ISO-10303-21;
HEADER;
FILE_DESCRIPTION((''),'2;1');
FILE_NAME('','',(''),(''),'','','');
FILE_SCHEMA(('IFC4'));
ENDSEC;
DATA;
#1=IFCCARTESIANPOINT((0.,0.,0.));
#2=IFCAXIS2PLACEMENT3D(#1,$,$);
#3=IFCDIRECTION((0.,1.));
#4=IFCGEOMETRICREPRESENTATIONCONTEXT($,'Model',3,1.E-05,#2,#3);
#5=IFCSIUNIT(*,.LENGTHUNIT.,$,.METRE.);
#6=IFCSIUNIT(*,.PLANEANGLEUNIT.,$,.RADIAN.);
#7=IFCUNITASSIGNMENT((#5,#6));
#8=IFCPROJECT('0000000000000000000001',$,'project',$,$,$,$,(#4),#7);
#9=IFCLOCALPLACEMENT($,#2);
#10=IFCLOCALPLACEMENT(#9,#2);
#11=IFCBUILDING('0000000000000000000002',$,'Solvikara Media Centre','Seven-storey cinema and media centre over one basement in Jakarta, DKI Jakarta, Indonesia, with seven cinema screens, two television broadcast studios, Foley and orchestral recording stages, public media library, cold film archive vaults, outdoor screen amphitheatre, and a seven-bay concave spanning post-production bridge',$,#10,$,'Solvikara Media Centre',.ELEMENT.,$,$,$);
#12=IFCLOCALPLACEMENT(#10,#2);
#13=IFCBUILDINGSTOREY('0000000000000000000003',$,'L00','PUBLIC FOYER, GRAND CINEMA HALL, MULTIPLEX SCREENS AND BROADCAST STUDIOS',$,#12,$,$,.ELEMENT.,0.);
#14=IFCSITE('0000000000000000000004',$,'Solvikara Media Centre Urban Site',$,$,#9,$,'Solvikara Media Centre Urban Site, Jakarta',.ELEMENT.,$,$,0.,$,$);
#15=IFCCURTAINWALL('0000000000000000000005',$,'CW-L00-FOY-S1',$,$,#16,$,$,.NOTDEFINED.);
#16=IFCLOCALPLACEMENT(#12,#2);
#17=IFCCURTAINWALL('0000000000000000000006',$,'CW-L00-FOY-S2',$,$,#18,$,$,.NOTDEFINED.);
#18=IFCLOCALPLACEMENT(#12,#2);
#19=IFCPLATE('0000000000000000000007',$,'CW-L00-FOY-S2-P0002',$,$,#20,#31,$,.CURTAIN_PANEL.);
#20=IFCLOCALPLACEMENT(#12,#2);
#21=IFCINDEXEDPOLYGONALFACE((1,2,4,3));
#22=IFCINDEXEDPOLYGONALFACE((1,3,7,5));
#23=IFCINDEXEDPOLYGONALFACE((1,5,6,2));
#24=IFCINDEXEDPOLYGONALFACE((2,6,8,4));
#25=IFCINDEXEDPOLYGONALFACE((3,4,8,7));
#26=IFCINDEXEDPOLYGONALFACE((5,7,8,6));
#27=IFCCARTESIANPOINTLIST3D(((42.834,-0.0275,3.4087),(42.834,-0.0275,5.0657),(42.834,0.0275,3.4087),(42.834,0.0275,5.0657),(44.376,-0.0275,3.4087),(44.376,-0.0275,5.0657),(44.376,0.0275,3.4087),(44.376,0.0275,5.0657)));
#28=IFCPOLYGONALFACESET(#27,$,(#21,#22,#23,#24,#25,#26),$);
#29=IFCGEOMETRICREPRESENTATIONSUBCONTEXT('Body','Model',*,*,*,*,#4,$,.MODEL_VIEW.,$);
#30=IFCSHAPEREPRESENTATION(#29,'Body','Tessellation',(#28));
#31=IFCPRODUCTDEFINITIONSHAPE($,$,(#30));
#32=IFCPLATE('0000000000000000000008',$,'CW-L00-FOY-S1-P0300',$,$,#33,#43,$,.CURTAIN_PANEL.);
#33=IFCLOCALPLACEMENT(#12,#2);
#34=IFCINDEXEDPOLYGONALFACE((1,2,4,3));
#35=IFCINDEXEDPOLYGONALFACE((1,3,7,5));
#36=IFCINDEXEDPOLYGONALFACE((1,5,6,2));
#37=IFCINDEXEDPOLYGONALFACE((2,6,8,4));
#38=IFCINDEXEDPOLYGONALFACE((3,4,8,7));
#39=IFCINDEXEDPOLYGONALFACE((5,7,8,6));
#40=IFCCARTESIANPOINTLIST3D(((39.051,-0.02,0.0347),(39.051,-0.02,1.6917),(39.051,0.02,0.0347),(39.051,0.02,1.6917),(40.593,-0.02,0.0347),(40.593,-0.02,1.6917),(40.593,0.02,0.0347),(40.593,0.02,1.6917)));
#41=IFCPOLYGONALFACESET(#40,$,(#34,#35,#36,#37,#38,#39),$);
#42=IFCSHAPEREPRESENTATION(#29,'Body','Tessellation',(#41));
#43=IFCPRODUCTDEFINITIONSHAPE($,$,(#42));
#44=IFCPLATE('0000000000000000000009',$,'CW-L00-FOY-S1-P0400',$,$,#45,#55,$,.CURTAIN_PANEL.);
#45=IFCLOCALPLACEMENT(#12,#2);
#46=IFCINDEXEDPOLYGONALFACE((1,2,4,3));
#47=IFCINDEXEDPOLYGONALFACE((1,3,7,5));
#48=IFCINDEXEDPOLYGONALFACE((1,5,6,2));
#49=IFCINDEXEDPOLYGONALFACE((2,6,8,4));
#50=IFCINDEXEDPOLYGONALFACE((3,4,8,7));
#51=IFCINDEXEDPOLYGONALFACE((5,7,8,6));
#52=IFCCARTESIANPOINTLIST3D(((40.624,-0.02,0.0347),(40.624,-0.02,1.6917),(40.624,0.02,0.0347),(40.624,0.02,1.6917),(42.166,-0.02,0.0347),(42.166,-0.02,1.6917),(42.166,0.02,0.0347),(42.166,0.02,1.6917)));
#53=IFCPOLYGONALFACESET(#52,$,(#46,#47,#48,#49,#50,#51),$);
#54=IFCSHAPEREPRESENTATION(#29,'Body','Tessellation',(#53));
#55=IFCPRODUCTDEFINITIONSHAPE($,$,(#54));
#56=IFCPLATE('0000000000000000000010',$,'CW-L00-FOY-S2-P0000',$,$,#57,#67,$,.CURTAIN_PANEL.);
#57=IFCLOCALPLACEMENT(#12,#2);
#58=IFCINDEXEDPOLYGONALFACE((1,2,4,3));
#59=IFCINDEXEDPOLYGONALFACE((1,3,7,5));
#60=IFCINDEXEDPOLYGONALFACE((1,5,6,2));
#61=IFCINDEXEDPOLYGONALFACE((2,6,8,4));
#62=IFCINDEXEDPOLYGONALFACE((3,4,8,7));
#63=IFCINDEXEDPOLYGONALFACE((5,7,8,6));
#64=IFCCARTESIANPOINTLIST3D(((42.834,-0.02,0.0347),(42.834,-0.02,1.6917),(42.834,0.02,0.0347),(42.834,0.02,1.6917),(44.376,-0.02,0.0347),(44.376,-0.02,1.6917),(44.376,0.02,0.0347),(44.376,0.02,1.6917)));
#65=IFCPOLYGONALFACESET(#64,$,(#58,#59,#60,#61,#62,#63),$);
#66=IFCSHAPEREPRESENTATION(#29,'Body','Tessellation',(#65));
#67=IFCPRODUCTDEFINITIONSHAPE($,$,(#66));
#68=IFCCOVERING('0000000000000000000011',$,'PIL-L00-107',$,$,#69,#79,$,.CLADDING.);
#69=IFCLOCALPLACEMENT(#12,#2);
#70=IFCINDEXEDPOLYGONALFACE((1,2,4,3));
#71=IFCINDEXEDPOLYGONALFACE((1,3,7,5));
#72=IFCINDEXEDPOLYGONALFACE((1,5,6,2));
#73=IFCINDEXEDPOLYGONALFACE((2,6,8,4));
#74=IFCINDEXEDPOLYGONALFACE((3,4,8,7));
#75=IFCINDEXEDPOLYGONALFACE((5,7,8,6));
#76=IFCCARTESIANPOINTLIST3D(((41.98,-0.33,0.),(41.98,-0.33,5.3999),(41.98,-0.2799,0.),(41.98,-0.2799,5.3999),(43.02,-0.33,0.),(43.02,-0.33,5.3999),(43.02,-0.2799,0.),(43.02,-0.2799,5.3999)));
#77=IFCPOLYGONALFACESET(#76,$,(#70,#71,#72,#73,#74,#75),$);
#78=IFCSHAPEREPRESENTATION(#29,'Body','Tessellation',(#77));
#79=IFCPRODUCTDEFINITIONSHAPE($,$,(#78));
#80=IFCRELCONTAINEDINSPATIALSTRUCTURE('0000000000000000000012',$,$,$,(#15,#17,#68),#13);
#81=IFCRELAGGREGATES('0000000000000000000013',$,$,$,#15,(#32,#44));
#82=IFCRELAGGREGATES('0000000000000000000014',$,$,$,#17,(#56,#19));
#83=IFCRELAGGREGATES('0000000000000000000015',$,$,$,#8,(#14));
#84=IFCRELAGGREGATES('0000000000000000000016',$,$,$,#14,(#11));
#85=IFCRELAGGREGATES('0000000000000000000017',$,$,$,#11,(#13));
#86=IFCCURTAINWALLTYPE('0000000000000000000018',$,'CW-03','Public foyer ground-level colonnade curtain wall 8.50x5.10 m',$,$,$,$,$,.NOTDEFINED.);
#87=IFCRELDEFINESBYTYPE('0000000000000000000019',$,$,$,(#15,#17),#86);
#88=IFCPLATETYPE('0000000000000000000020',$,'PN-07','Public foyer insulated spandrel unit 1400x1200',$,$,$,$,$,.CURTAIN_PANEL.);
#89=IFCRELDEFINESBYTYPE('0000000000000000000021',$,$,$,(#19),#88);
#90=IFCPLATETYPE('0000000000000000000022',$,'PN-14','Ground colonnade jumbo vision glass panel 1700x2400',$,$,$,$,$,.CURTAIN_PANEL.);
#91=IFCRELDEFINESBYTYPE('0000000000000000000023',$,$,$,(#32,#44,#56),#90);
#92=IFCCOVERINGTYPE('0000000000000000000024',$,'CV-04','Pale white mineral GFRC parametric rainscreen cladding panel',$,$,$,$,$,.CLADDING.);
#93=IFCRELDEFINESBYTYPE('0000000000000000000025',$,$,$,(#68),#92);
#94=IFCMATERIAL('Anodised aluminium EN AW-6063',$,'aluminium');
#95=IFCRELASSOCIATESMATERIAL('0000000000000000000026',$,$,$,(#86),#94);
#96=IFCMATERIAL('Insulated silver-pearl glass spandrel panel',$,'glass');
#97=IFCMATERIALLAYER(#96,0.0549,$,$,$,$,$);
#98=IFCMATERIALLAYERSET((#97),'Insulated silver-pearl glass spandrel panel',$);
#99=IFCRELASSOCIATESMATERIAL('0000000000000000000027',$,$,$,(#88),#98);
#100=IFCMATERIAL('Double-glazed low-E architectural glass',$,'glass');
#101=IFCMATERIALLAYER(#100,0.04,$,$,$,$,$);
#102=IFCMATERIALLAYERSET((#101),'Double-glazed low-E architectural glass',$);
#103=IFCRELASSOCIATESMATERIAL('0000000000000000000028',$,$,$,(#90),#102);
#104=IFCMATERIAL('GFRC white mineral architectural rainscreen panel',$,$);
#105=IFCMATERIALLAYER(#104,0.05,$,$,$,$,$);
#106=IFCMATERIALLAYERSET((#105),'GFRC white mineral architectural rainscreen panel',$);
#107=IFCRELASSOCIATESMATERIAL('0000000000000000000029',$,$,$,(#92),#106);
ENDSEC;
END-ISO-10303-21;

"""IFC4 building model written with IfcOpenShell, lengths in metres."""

from ifc_helpers import new_model, si_unit, direction, frame, origin, origin_2d, place, context, subcontext, project, spatial, rectangle, extrude, material, layer, layer_set, type_object, element, aggregate, save


model = new_model("IFC4")

# Units and contexts
model_context = context("Model", 3, precision=1e-05, world=origin(), true_north=direction((0.0, 1.0)))
body_context = subcontext(model_context, "Body", "Model", "MODEL_VIEW")
ifc_project = project(units=[si_unit("LENGTHUNIT", "METRE"), si_unit("PLANEANGLEUNIT", "RADIAN")], contexts=[model_context])

# Site, building, storey
site_placement = place(None, origin())
site = spatial("IfcSite", under=ifc_project, at=site_placement, Name="Solvikara Media Centre Urban Site", LongName="Solvikara Media Centre Urban Site, Jakarta", CompositionType="ELEMENT", RefElevation=0.0)
building_placement = place(site_placement, origin())
building = spatial("IfcBuilding", under=site, at=building_placement, Name="Solvikara Media Centre", Description="Seven-storey cinema and media centre over one basement in Jakarta, DKI Jakarta, Indonesia, with seven cinema screens, two television broadcast studios, Foley and orchestral recording stages, public media library, cold film archive vaults, outdoor screen amphitheatre, and a seven-bay concave spanning post-production bridge", LongName="Solvikara Media Centre", CompositionType="ELEMENT")
storey_placement = place(building_placement, origin())
storey = spatial("IfcBuildingStorey", under=building, at=storey_placement, Name="L00", Description="PUBLIC FOYER, GRAND CINEMA HALL, MULTIPLEX SCREENS AND BROADCAST STUDIOS", CompositionType="ELEMENT", Elevation=0.0)

# Curtain walls
ifc_material_1 = material(Name="Anodised aluminium EN AW-6063", Category="aluminium")
curtain_wall_type = type_object("IfcCurtainWallType", Name="CW-03", Description="Public foyer ground-level colonnade curtain wall 8.50x5.10 m", PredefinedType="NOTDEFINED", material=ifc_material_1)
curtain_wall_1_placement = place(storey_placement, origin())
curtain_wall_1 = element("IfcCurtainWall", 1, at=curtain_wall_1_placement, inside=storey, type_object=curtain_wall_type, Name="CW-L00-FOY-S1", PredefinedType="NOTDEFINED")
curtain_wall_2_placement = place(storey_placement, origin())
curtain_wall_2 = element("IfcCurtainWall", 2, at=curtain_wall_2_placement, inside=storey, type_object=curtain_wall_type, Name="CW-L00-FOY-S2", PredefinedType="NOTDEFINED")

# Plates
ifc_material_2 = material(Name="Double-glazed low-E architectural glass", Category="glass")
ifc_material_3 = material(Name="Insulated silver-pearl glass spandrel panel", Category="glass")
ifc_layer_1 = layer(ifc_material_3, 0.0549)
ifc_layer_set_1 = layer_set([ifc_layer_1], Name="Insulated silver-pearl glass spandrel panel")
plate_type_1 = type_object("IfcPlateType", Name="PN-07", Description="Public foyer insulated spandrel unit 1400x1200", PredefinedType="CURTAIN_PANEL", material=ifc_layer_set_1)
plate_1_placement = place(storey_placement, frame((43.605, 0.0, 3.4087), z_axis=(0.0, 0.0, 1.0), x_axis=(1.0, 0.0, 0.0)))
plate_1 = element("IfcPlate", 3, at=plate_1_placement, type_object=plate_type_1, Name="CW-L00-FOY-S2-P0002", PredefinedType="CURTAIN_PANEL", context=body_context, shape_type="SweptSolid", body=[
    extrude(rectangle(XDim=1.542, YDim=0.0549, at=origin_2d()), origin(), (0.0, 0.0, 1.0), 1.657),
])
ifc_layer_2 = layer(ifc_material_2, 0.04)
ifc_layer_set_2 = layer_set([ifc_layer_2], Name="Double-glazed low-E architectural glass")
plate_type_2 = type_object("IfcPlateType", Name="PN-14", Description="Ground colonnade jumbo vision glass panel 1700x2400", PredefinedType="CURTAIN_PANEL", material=ifc_layer_set_2)
plate_2_placement = place(storey_placement, frame((39.822, 0.0, 0.0347), z_axis=(0.0, 0.0, 1.0), x_axis=(1.0, 0.0, 0.0)))
plate_2 = element("IfcPlate", 4, at=plate_2_placement, type_object=plate_type_2, Name="CW-L00-FOY-S1-P0300", PredefinedType="CURTAIN_PANEL", context=body_context, shape_type="SweptSolid", body=[
    extrude(rectangle(XDim=1.542, YDim=0.04, at=origin_2d()), origin(), (0.0, 0.0, 1.0), 1.657),
])
plate_3_placement = place(storey_placement, frame((41.395, 0.0, 0.0347), z_axis=(0.0, 0.0, 1.0), x_axis=(1.0, 0.0, 0.0)))
plate_3 = element("IfcPlate", 5, at=plate_3_placement, type_object=plate_type_2, Name="CW-L00-FOY-S1-P0400", PredefinedType="CURTAIN_PANEL", context=body_context, shape_type="SweptSolid", body=[
    extrude(rectangle(XDim=1.542, YDim=0.04, at=origin_2d()), origin(), (0.0, 0.0, 1.0), 1.657),
])
aggregate(curtain_wall_1, [plate_2, plate_3])
plate_4_placement = place(storey_placement, frame((43.605, 0.0, 0.0347), z_axis=(0.0, 0.0, 1.0), x_axis=(1.0, 0.0, 0.0)))
plate_4 = element("IfcPlate", 6, at=plate_4_placement, type_object=plate_type_2, Name="CW-L00-FOY-S2-P0000", PredefinedType="CURTAIN_PANEL", context=body_context, shape_type="SweptSolid", body=[
    extrude(rectangle(XDim=1.542, YDim=0.04, at=origin_2d()), origin(), (0.0, 0.0, 1.0), 1.657),
])
aggregate(curtain_wall_2, [plate_4, plate_1])

# Covering
ifc_material_4 = material(Name="GFRC white mineral architectural rainscreen panel")
ifc_layer_3 = layer(ifc_material_4, 0.05)
ifc_layer_set_3 = layer_set([ifc_layer_3], Name="GFRC white mineral architectural rainscreen panel")
covering_type = type_object("IfcCoveringType", Name="CV-04", Description="Pale white mineral GFRC parametric rainscreen cladding panel", PredefinedType="CLADDING", material=ifc_layer_set_3)
covering_placement = place(storey_placement, frame((42.5, -0.3049, 0.0), z_axis=(0.0, 0.0, 1.0), x_axis=(1.0, 0.0, 0.0)))
element("IfcCovering", 7, at=covering_placement, inside=storey, type_object=covering_type, Name="PIL-L00-107", PredefinedType="CLADDING", context=body_context, shape_type="SweptSolid", body=[
    extrude(rectangle(XDim=1.04, YDim=0.05, at=origin_2d()), origin(), (0.0, 0.0, 1.0), 5.3999),
])

save(model, "model.ifc")
